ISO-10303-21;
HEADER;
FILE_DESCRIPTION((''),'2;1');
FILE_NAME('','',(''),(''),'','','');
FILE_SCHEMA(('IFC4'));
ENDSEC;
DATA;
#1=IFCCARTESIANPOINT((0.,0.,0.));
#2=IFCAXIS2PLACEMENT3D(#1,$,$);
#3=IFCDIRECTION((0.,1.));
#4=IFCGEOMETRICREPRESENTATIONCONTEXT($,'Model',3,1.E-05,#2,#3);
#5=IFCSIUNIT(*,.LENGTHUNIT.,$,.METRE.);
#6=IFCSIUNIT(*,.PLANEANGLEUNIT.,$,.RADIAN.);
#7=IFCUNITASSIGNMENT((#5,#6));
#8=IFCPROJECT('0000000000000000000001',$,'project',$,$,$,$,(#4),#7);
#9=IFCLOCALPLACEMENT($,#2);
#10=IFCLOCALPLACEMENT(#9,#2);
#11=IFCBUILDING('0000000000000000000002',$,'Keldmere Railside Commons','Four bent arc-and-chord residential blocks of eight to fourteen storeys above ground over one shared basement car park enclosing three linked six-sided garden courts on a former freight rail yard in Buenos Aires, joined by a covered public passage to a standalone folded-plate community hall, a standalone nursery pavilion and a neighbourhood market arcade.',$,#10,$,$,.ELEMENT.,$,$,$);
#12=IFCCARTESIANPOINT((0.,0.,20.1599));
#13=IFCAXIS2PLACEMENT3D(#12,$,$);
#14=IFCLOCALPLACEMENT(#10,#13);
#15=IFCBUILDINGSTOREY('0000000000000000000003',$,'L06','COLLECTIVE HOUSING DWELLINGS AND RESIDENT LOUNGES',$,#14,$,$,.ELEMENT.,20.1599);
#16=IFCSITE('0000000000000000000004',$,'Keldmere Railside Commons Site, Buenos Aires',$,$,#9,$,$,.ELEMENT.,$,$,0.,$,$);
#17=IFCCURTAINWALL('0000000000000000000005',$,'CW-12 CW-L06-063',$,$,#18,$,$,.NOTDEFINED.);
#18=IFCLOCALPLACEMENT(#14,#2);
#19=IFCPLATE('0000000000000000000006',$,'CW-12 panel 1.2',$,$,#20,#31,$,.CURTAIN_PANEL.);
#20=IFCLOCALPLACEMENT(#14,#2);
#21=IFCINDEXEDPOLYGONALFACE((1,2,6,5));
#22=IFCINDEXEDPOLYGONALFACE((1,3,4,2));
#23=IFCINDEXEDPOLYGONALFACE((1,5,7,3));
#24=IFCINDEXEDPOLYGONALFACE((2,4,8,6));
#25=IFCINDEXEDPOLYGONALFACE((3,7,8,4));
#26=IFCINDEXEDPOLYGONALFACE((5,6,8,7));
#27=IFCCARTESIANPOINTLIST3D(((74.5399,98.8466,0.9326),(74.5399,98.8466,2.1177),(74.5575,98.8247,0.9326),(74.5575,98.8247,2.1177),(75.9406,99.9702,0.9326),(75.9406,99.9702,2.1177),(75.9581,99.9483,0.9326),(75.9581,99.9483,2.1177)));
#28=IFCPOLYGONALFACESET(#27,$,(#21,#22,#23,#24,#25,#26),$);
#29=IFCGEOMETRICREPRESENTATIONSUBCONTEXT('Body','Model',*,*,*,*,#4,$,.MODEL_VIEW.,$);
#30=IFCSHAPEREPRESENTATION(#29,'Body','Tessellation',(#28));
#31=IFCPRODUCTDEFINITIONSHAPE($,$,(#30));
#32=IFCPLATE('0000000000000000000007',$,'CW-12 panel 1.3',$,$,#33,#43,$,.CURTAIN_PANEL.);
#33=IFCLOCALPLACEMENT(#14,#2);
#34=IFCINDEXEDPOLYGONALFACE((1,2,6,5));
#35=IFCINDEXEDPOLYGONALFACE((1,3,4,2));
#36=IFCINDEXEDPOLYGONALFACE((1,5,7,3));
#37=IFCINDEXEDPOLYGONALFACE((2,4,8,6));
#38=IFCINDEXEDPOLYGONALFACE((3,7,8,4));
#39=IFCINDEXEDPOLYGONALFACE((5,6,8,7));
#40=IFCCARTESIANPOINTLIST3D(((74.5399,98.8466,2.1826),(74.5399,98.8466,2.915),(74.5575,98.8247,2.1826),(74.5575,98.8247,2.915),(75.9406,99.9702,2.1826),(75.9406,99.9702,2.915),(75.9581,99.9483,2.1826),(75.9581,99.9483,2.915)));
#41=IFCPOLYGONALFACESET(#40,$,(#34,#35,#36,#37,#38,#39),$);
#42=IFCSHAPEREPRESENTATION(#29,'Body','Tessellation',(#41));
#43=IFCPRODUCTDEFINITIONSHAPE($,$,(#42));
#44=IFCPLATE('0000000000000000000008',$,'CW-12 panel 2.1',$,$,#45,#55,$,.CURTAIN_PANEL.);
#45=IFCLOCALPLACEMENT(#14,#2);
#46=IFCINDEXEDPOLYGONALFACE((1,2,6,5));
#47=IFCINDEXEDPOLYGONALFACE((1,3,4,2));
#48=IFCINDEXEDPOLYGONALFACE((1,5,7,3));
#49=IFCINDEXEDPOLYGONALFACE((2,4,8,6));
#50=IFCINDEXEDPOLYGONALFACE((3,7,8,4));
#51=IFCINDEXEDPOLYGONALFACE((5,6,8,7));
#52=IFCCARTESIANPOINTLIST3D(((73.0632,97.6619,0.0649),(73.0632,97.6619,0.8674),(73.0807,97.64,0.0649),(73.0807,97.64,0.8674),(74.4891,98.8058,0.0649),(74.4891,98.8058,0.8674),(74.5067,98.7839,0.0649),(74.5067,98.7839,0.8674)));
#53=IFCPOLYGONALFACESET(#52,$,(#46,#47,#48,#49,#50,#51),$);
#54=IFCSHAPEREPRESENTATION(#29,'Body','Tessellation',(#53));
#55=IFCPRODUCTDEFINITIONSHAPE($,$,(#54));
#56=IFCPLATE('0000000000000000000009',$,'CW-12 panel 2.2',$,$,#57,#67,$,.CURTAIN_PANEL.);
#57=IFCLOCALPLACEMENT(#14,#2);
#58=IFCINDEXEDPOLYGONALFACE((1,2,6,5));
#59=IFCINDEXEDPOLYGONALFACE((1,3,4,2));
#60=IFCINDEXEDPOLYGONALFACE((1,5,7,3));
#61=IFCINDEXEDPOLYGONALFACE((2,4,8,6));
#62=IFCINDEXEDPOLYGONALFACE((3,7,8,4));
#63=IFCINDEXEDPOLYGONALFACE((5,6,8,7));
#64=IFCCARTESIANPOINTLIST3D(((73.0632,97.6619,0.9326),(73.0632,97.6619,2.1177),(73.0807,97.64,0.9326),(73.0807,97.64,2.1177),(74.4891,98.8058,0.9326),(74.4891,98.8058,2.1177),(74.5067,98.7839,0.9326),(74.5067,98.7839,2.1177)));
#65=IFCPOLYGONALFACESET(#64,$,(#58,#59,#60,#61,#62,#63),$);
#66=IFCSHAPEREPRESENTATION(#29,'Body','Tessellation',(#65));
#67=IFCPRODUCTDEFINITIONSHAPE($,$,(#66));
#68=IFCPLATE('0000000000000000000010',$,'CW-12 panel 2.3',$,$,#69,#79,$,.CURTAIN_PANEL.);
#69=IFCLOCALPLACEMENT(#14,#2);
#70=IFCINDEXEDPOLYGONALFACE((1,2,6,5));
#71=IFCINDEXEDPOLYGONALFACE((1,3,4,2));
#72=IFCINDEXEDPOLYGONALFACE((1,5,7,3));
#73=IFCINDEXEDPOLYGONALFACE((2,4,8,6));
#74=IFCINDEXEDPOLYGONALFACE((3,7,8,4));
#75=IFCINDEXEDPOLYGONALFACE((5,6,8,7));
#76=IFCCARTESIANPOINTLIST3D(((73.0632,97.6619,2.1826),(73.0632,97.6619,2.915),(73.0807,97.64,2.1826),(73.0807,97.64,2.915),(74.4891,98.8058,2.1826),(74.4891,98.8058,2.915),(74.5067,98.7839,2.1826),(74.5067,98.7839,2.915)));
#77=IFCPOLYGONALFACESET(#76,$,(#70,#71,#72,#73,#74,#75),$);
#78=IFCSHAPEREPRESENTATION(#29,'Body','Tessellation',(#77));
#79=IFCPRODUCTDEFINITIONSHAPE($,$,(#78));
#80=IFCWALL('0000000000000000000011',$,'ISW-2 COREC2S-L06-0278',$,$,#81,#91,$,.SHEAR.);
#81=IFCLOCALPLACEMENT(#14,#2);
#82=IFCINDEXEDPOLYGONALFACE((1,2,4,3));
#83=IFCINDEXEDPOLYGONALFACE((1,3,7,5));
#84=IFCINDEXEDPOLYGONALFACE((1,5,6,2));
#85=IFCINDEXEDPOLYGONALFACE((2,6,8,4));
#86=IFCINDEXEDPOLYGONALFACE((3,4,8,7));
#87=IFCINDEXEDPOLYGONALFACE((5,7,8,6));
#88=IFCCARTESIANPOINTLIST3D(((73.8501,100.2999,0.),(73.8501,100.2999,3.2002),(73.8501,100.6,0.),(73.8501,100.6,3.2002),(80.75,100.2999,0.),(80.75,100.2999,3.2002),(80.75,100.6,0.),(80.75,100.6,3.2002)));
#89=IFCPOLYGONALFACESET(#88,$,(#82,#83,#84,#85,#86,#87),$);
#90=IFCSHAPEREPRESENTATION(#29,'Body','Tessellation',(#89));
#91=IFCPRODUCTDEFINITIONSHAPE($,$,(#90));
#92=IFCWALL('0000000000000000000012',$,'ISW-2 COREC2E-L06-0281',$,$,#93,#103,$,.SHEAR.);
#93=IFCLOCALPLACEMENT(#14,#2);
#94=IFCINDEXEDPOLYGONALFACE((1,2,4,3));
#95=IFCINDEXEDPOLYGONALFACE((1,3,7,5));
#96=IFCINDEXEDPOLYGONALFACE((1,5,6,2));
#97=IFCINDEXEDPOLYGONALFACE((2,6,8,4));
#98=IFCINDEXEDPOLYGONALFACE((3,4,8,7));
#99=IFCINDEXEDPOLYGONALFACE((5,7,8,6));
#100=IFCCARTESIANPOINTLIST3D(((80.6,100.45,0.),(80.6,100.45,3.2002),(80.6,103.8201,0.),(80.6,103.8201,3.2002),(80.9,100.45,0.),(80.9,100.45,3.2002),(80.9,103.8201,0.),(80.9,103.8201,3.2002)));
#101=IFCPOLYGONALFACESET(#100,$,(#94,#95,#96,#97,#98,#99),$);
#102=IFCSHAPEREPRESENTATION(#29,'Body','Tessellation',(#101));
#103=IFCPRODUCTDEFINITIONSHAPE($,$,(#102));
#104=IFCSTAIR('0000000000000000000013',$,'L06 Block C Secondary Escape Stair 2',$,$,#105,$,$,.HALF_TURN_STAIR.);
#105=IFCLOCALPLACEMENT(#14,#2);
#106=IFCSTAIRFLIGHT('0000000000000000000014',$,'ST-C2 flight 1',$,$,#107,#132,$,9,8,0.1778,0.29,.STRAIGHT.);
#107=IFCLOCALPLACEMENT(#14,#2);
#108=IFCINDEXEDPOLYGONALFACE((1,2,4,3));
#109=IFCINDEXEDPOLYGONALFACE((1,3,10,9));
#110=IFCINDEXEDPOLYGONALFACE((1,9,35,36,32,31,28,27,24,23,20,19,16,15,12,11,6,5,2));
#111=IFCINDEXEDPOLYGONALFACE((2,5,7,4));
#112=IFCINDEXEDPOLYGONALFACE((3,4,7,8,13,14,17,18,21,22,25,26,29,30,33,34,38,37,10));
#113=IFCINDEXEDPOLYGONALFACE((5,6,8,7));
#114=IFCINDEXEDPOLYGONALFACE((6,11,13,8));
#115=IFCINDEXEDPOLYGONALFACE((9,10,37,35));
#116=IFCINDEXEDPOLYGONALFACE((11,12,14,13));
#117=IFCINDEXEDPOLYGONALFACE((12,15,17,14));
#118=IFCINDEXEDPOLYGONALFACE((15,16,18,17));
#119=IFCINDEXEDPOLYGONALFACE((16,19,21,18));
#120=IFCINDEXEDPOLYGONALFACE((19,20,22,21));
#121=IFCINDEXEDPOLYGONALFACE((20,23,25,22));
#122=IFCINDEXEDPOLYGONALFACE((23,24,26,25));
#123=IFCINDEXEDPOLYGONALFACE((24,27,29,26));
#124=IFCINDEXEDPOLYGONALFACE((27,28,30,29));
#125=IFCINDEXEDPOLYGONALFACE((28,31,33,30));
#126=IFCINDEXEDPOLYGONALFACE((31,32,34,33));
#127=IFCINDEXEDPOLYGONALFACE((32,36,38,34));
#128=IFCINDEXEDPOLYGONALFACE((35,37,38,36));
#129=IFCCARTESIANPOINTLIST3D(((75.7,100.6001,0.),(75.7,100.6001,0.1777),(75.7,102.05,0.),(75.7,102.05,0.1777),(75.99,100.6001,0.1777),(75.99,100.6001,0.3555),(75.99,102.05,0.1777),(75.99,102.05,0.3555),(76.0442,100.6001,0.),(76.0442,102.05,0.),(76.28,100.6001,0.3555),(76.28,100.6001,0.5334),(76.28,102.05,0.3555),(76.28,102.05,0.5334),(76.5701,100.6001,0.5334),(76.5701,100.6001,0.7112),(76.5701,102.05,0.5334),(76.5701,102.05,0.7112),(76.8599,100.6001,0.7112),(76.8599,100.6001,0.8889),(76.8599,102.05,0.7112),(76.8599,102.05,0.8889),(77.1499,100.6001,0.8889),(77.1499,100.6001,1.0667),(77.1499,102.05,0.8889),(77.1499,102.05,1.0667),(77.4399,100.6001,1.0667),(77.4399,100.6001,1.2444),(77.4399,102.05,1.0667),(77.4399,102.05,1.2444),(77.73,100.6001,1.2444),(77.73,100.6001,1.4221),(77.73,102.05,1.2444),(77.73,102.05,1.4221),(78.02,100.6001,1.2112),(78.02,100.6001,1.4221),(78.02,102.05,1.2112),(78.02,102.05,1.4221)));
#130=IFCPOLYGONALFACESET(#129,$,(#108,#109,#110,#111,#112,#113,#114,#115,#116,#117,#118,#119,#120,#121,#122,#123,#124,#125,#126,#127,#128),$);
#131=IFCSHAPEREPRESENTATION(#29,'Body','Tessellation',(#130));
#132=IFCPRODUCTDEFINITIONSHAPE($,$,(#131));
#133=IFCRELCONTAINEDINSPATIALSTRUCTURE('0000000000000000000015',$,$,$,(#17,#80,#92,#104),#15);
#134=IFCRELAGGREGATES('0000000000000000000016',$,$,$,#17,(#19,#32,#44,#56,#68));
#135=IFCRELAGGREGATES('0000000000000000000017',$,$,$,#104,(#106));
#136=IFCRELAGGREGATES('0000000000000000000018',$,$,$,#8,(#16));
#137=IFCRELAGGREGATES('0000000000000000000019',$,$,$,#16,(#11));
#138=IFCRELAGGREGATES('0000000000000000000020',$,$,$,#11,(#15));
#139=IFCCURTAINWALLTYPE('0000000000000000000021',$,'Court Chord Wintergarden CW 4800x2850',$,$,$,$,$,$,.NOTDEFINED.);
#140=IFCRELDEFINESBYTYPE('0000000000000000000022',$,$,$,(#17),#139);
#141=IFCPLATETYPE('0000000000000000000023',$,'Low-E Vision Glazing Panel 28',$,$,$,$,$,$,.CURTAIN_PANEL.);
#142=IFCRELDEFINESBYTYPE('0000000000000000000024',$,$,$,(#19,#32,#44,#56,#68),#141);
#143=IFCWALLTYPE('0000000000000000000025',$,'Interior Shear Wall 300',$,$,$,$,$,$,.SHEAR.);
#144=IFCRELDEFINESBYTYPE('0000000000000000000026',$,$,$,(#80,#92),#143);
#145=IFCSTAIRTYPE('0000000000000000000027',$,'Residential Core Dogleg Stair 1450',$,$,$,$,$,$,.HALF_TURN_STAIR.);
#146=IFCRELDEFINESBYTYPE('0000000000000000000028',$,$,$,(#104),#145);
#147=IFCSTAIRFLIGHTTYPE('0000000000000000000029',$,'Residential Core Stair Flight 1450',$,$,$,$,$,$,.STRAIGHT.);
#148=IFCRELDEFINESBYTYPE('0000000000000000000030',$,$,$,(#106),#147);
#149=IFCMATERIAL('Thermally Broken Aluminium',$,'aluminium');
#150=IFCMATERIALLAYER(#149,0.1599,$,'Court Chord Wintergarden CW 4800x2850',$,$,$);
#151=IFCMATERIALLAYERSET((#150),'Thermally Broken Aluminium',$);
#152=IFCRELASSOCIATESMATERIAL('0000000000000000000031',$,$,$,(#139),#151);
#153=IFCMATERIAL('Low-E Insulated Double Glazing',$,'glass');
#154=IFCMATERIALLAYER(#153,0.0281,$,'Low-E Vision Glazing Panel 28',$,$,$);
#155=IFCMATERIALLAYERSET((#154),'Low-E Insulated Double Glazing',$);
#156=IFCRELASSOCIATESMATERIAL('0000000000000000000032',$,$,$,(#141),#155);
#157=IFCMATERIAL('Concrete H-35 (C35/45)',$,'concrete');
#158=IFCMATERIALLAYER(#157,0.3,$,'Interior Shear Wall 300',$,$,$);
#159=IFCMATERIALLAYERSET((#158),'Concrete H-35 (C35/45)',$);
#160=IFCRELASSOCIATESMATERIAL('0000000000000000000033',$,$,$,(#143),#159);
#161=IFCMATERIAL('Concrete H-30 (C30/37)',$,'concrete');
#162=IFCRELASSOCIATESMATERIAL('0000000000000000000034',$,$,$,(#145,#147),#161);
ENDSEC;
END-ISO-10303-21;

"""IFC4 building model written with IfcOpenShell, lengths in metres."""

from ifc_helpers import new_model, si_unit, direction, frame, frame_2d, origin, origin_2d, place, context, subcontext, project, spatial, polyline, rectangle, outline, extrude, material, layer, layer_set, type_object, element, aggregate, save


model = new_model("IFC4")

# Units and contexts
model_context = context("Model", 3, precision=1e-05, world=origin(), true_north=direction((0.0, 1.0)))
body_context = subcontext(model_context, "Body", "Model", "MODEL_VIEW")
ifc_project = project(units=[si_unit("LENGTHUNIT", "METRE"), si_unit("PLANEANGLEUNIT", "RADIAN")], contexts=[model_context])

# Site, building, storey
site_placement = place(None, origin())
site = spatial("IfcSite", under=ifc_project, at=site_placement, Name="Keldmere Railside Commons Site, Buenos Aires", CompositionType="ELEMENT", RefElevation=0.0)
building_placement = place(site_placement, origin())
building = spatial("IfcBuilding", under=site, at=building_placement, Name="Keldmere Railside Commons", Description="Four bent arc-and-chord residential blocks of eight to fourteen storeys above ground over one shared basement car park enclosing three linked six-sided garden courts on a former freight rail yard in Buenos Aires, joined by a covered public passage to a standalone folded-plate community hall, a standalone nursery pavilion and a neighbourhood market arcade.", CompositionType="ELEMENT")
storey_placement = place(building_placement, frame((0.0, 0.0, 20.1599)))
storey = spatial("IfcBuildingStorey", under=building, at=storey_placement, Name="L06", Description="COLLECTIVE HOUSING DWELLINGS AND RESIDENT LOUNGES", CompositionType="ELEMENT", Elevation=20.1599)

# Curtain wall, plates
ifc_material_1 = material(Name="Thermally Broken Aluminium", Category="aluminium")
ifc_layer_1 = layer(ifc_material_1, 0.1599, Name="Court Chord Wintergarden CW 4800x2850")
ifc_layer_set_1 = layer_set([ifc_layer_1], Name="Thermally Broken Aluminium")
curtain_wall_type = type_object("IfcCurtainWallType", Name="Court Chord Wintergarden CW 4800x2850", PredefinedType="NOTDEFINED", material=ifc_layer_set_1)
curtain_wall_placement = place(storey_placement, origin())
curtain_wall = element("IfcCurtainWall", 1, at=curtain_wall_placement, inside=storey, type_object=curtain_wall_type, Name="CW-12 CW-L06-063", PredefinedType="NOTDEFINED")
ifc_material_2 = material(Name="Low-E Insulated Double Glazing", Category="glass")
ifc_layer_2 = layer(ifc_material_2, 0.0281, Name="Low-E Vision Glazing Panel 28")
ifc_layer_set_2 = layer_set([ifc_layer_2], Name="Low-E Insulated Double Glazing")
plate_type = type_object("IfcPlateType", Name="Low-E Vision Glazing Panel 28", PredefinedType="CURTAIN_PANEL", material=ifc_layer_set_2)
plate_1_placement = place(storey_placement, frame((75.249, 99.3975, 0.9326), z_axis=(0.0, 0.0, 1.0), x_axis=(-0.780009, -0.625768, 0.0)))
plate_1 = element("IfcPlate", 2, at=plate_1_placement, type_object=plate_type, Name="CW-12 panel 1.2", PredefinedType="CURTAIN_PANEL", context=body_context, shape_type="SweptSolid", body=[
    extrude(rectangle(XDim=1.7957, YDim=0.0281, at=origin_2d()), origin(), (0.0, 0.0, 1.0), 1.1851),
])
plate_2_placement = place(storey_placement, frame((75.249, 99.3975, 2.1826), z_axis=(0.0, 0.0, 1.0), x_axis=(-0.780009, -0.625768, 0.0)))
plate_2 = element("IfcPlate", 3, at=plate_2_placement, type_object=plate_type, Name="CW-12 panel 1.3", PredefinedType="CURTAIN_PANEL", context=body_context, shape_type="SweptSolid", body=[
    extrude(rectangle(XDim=1.7957, YDim=0.0281, at=origin_2d()), origin(), (0.0, 0.0, 1.0), 0.7324),
])
plate_3_placement = place(storey_placement, frame((73.7849, 98.2229, 0.0649), z_axis=(0.0, 0.0, 1.0), x_axis=(-0.780009, -0.625768, 0.0)))
plate_3 = element("IfcPlate", 4, at=plate_3_placement, type_object=plate_type, Name="CW-12 panel 2.1", PredefinedType="CURTAIN_PANEL", context=body_context, shape_type="SweptSolid", body=[
    extrude(rectangle(XDim=1.8281, YDim=0.0281, at=origin_2d()), origin(), (0.0, 0.0, 1.0), 0.8025),
])
plate_4_placement = place(storey_placement, frame((73.7849, 98.2229, 0.9326), z_axis=(0.0, 0.0, 1.0), x_axis=(-0.780009, -0.625768, 0.0)))
plate_4 = element("IfcPlate", 5, at=plate_4_placement, type_object=plate_type, Name="CW-12 panel 2.2", PredefinedType="CURTAIN_PANEL", context=body_context, shape_type="SweptSolid", body=[
    extrude(rectangle(XDim=1.8281, YDim=0.0281, at=origin_2d()), origin(), (0.0, 0.0, 1.0), 1.1851),
])
plate_5_placement = place(storey_placement, frame((73.7849, 98.2229, 2.1826), z_axis=(0.0, 0.0, 1.0), x_axis=(-0.780009, -0.625768, 0.0)))
plate_5 = element("IfcPlate", 6, at=plate_5_placement, type_object=plate_type, Name="CW-12 panel 2.3", PredefinedType="CURTAIN_PANEL", context=body_context, shape_type="SweptSolid", body=[
    extrude(rectangle(XDim=1.8281, YDim=0.0281, at=origin_2d()), origin(), (0.0, 0.0, 1.0), 0.7324),
])
aggregate(curtain_wall, [plate_1, plate_2, plate_3, plate_4, plate_5])

# Walls
ifc_material_3 = material(Name="Concrete H-35 (C35/45)", Category="concrete")
ifc_layer_3 = layer(ifc_material_3, 0.3, Name="Interior Shear Wall 300")
ifc_layer_set_3 = layer_set([ifc_layer_3], Name="Concrete H-35 (C35/45)")
wall_type = type_object("IfcWallType", Name="Interior Shear Wall 300", PredefinedType="SHEAR", material=ifc_layer_set_3)
wall_1_placement = place(storey_placement, frame((73.8501, 100.45, 0.0), z_axis=(0.0, 0.0, 1.0), x_axis=(1.0, 0.0, 0.0)))
element("IfcWall", 7, at=wall_1_placement, inside=storey, type_object=wall_type, Name="ISW-2 COREC2S-L06-0278", PredefinedType="SHEAR", context=body_context, shape_type="SweptSolid", body=[
    extrude(rectangle(XDim=6.8999, YDim=0.3, at=frame_2d((3.45, 0.0))), origin(), (0.0, 0.0, 1.0), 3.2002),
])
wall_2_placement = place(storey_placement, frame((80.75, 100.45, 0.0), z_axis=(0.0, 0.0, 1.0), x_axis=(0.0, 1.0, 0.0)))
element("IfcWall", 8, at=wall_2_placement, inside=storey, type_object=wall_type, Name="ISW-2 COREC2E-L06-0281", PredefinedType="SHEAR", context=body_context, shape_type="SweptSolid", body=[
    extrude(rectangle(XDim=3.3701, YDim=0.3, at=frame_2d((1.6851, 0.0))), origin(), (0.0, 0.0, 1.0), 3.2002),
])

# Stair, stair flight
ifc_material_4 = material(Name="Concrete H-30 (C30/37)", Category="concrete")
stair_type = type_object("IfcStairType", Name="Residential Core Dogleg Stair 1450", PredefinedType="HALF_TURN_STAIR", material=ifc_material_4)
stair_placement = place(storey_placement, origin())
stair = element("IfcStair", 9, at=stair_placement, inside=storey, type_object=stair_type, Name="L06 Block C Secondary Escape Stair 2", PredefinedType="HALF_TURN_STAIR")
stair_flight_type = type_object("IfcStairFlightType", Name="Residential Core Stair Flight 1450", PredefinedType="STRAIGHT", material=ifc_material_4)
stair_flight_placement = place(storey_placement, frame((75.7, 101.325, 0.0), z_axis=(0.0, 0.0, 1.0), x_axis=(1.0, 0.0, 0.0)))
stair_flight = element("IfcStairFlight", 10, at=stair_flight_placement, type_object=stair_flight_type, Name="ST-C2 flight 1", NumberOfRisers=9, NumberOfTreads=8, PredefinedType="STRAIGHT", RiserHeight=0.1778, TreadLength=0.29, context=body_context, shape_type="SweptSolid", body=[
    extrude(outline(polyline([(0.0, 0.0), (0.0, 0.1777), (0.29, 0.1777), (0.29, 0.3555), (0.5801, 0.3555), (0.5801, 0.5334), (0.8701, 0.5334), (0.8701, 0.7112), (1.1599, 0.7112), (1.1599, 0.8889), (1.45, 0.8889), (1.45, 1.0667), (1.74, 1.0667), (1.74, 1.2444), (2.03, 1.2444), (2.03, 1.4221), (2.3201, 1.4221), (2.3201, 1.6001), (2.3201, 1.2112), (0.3442, 0.0), (0.0, 0.0)])), frame((0.0, 0.7251, 0.0), z_axis=(0.0, -1.0, 0.0), x_axis=(1.0, 0.0, 0.0)), (0.0, 0.0, 1.0), 1.45),
])
aggregate(stair, [stair_flight])

save(model, "model.ifc")
